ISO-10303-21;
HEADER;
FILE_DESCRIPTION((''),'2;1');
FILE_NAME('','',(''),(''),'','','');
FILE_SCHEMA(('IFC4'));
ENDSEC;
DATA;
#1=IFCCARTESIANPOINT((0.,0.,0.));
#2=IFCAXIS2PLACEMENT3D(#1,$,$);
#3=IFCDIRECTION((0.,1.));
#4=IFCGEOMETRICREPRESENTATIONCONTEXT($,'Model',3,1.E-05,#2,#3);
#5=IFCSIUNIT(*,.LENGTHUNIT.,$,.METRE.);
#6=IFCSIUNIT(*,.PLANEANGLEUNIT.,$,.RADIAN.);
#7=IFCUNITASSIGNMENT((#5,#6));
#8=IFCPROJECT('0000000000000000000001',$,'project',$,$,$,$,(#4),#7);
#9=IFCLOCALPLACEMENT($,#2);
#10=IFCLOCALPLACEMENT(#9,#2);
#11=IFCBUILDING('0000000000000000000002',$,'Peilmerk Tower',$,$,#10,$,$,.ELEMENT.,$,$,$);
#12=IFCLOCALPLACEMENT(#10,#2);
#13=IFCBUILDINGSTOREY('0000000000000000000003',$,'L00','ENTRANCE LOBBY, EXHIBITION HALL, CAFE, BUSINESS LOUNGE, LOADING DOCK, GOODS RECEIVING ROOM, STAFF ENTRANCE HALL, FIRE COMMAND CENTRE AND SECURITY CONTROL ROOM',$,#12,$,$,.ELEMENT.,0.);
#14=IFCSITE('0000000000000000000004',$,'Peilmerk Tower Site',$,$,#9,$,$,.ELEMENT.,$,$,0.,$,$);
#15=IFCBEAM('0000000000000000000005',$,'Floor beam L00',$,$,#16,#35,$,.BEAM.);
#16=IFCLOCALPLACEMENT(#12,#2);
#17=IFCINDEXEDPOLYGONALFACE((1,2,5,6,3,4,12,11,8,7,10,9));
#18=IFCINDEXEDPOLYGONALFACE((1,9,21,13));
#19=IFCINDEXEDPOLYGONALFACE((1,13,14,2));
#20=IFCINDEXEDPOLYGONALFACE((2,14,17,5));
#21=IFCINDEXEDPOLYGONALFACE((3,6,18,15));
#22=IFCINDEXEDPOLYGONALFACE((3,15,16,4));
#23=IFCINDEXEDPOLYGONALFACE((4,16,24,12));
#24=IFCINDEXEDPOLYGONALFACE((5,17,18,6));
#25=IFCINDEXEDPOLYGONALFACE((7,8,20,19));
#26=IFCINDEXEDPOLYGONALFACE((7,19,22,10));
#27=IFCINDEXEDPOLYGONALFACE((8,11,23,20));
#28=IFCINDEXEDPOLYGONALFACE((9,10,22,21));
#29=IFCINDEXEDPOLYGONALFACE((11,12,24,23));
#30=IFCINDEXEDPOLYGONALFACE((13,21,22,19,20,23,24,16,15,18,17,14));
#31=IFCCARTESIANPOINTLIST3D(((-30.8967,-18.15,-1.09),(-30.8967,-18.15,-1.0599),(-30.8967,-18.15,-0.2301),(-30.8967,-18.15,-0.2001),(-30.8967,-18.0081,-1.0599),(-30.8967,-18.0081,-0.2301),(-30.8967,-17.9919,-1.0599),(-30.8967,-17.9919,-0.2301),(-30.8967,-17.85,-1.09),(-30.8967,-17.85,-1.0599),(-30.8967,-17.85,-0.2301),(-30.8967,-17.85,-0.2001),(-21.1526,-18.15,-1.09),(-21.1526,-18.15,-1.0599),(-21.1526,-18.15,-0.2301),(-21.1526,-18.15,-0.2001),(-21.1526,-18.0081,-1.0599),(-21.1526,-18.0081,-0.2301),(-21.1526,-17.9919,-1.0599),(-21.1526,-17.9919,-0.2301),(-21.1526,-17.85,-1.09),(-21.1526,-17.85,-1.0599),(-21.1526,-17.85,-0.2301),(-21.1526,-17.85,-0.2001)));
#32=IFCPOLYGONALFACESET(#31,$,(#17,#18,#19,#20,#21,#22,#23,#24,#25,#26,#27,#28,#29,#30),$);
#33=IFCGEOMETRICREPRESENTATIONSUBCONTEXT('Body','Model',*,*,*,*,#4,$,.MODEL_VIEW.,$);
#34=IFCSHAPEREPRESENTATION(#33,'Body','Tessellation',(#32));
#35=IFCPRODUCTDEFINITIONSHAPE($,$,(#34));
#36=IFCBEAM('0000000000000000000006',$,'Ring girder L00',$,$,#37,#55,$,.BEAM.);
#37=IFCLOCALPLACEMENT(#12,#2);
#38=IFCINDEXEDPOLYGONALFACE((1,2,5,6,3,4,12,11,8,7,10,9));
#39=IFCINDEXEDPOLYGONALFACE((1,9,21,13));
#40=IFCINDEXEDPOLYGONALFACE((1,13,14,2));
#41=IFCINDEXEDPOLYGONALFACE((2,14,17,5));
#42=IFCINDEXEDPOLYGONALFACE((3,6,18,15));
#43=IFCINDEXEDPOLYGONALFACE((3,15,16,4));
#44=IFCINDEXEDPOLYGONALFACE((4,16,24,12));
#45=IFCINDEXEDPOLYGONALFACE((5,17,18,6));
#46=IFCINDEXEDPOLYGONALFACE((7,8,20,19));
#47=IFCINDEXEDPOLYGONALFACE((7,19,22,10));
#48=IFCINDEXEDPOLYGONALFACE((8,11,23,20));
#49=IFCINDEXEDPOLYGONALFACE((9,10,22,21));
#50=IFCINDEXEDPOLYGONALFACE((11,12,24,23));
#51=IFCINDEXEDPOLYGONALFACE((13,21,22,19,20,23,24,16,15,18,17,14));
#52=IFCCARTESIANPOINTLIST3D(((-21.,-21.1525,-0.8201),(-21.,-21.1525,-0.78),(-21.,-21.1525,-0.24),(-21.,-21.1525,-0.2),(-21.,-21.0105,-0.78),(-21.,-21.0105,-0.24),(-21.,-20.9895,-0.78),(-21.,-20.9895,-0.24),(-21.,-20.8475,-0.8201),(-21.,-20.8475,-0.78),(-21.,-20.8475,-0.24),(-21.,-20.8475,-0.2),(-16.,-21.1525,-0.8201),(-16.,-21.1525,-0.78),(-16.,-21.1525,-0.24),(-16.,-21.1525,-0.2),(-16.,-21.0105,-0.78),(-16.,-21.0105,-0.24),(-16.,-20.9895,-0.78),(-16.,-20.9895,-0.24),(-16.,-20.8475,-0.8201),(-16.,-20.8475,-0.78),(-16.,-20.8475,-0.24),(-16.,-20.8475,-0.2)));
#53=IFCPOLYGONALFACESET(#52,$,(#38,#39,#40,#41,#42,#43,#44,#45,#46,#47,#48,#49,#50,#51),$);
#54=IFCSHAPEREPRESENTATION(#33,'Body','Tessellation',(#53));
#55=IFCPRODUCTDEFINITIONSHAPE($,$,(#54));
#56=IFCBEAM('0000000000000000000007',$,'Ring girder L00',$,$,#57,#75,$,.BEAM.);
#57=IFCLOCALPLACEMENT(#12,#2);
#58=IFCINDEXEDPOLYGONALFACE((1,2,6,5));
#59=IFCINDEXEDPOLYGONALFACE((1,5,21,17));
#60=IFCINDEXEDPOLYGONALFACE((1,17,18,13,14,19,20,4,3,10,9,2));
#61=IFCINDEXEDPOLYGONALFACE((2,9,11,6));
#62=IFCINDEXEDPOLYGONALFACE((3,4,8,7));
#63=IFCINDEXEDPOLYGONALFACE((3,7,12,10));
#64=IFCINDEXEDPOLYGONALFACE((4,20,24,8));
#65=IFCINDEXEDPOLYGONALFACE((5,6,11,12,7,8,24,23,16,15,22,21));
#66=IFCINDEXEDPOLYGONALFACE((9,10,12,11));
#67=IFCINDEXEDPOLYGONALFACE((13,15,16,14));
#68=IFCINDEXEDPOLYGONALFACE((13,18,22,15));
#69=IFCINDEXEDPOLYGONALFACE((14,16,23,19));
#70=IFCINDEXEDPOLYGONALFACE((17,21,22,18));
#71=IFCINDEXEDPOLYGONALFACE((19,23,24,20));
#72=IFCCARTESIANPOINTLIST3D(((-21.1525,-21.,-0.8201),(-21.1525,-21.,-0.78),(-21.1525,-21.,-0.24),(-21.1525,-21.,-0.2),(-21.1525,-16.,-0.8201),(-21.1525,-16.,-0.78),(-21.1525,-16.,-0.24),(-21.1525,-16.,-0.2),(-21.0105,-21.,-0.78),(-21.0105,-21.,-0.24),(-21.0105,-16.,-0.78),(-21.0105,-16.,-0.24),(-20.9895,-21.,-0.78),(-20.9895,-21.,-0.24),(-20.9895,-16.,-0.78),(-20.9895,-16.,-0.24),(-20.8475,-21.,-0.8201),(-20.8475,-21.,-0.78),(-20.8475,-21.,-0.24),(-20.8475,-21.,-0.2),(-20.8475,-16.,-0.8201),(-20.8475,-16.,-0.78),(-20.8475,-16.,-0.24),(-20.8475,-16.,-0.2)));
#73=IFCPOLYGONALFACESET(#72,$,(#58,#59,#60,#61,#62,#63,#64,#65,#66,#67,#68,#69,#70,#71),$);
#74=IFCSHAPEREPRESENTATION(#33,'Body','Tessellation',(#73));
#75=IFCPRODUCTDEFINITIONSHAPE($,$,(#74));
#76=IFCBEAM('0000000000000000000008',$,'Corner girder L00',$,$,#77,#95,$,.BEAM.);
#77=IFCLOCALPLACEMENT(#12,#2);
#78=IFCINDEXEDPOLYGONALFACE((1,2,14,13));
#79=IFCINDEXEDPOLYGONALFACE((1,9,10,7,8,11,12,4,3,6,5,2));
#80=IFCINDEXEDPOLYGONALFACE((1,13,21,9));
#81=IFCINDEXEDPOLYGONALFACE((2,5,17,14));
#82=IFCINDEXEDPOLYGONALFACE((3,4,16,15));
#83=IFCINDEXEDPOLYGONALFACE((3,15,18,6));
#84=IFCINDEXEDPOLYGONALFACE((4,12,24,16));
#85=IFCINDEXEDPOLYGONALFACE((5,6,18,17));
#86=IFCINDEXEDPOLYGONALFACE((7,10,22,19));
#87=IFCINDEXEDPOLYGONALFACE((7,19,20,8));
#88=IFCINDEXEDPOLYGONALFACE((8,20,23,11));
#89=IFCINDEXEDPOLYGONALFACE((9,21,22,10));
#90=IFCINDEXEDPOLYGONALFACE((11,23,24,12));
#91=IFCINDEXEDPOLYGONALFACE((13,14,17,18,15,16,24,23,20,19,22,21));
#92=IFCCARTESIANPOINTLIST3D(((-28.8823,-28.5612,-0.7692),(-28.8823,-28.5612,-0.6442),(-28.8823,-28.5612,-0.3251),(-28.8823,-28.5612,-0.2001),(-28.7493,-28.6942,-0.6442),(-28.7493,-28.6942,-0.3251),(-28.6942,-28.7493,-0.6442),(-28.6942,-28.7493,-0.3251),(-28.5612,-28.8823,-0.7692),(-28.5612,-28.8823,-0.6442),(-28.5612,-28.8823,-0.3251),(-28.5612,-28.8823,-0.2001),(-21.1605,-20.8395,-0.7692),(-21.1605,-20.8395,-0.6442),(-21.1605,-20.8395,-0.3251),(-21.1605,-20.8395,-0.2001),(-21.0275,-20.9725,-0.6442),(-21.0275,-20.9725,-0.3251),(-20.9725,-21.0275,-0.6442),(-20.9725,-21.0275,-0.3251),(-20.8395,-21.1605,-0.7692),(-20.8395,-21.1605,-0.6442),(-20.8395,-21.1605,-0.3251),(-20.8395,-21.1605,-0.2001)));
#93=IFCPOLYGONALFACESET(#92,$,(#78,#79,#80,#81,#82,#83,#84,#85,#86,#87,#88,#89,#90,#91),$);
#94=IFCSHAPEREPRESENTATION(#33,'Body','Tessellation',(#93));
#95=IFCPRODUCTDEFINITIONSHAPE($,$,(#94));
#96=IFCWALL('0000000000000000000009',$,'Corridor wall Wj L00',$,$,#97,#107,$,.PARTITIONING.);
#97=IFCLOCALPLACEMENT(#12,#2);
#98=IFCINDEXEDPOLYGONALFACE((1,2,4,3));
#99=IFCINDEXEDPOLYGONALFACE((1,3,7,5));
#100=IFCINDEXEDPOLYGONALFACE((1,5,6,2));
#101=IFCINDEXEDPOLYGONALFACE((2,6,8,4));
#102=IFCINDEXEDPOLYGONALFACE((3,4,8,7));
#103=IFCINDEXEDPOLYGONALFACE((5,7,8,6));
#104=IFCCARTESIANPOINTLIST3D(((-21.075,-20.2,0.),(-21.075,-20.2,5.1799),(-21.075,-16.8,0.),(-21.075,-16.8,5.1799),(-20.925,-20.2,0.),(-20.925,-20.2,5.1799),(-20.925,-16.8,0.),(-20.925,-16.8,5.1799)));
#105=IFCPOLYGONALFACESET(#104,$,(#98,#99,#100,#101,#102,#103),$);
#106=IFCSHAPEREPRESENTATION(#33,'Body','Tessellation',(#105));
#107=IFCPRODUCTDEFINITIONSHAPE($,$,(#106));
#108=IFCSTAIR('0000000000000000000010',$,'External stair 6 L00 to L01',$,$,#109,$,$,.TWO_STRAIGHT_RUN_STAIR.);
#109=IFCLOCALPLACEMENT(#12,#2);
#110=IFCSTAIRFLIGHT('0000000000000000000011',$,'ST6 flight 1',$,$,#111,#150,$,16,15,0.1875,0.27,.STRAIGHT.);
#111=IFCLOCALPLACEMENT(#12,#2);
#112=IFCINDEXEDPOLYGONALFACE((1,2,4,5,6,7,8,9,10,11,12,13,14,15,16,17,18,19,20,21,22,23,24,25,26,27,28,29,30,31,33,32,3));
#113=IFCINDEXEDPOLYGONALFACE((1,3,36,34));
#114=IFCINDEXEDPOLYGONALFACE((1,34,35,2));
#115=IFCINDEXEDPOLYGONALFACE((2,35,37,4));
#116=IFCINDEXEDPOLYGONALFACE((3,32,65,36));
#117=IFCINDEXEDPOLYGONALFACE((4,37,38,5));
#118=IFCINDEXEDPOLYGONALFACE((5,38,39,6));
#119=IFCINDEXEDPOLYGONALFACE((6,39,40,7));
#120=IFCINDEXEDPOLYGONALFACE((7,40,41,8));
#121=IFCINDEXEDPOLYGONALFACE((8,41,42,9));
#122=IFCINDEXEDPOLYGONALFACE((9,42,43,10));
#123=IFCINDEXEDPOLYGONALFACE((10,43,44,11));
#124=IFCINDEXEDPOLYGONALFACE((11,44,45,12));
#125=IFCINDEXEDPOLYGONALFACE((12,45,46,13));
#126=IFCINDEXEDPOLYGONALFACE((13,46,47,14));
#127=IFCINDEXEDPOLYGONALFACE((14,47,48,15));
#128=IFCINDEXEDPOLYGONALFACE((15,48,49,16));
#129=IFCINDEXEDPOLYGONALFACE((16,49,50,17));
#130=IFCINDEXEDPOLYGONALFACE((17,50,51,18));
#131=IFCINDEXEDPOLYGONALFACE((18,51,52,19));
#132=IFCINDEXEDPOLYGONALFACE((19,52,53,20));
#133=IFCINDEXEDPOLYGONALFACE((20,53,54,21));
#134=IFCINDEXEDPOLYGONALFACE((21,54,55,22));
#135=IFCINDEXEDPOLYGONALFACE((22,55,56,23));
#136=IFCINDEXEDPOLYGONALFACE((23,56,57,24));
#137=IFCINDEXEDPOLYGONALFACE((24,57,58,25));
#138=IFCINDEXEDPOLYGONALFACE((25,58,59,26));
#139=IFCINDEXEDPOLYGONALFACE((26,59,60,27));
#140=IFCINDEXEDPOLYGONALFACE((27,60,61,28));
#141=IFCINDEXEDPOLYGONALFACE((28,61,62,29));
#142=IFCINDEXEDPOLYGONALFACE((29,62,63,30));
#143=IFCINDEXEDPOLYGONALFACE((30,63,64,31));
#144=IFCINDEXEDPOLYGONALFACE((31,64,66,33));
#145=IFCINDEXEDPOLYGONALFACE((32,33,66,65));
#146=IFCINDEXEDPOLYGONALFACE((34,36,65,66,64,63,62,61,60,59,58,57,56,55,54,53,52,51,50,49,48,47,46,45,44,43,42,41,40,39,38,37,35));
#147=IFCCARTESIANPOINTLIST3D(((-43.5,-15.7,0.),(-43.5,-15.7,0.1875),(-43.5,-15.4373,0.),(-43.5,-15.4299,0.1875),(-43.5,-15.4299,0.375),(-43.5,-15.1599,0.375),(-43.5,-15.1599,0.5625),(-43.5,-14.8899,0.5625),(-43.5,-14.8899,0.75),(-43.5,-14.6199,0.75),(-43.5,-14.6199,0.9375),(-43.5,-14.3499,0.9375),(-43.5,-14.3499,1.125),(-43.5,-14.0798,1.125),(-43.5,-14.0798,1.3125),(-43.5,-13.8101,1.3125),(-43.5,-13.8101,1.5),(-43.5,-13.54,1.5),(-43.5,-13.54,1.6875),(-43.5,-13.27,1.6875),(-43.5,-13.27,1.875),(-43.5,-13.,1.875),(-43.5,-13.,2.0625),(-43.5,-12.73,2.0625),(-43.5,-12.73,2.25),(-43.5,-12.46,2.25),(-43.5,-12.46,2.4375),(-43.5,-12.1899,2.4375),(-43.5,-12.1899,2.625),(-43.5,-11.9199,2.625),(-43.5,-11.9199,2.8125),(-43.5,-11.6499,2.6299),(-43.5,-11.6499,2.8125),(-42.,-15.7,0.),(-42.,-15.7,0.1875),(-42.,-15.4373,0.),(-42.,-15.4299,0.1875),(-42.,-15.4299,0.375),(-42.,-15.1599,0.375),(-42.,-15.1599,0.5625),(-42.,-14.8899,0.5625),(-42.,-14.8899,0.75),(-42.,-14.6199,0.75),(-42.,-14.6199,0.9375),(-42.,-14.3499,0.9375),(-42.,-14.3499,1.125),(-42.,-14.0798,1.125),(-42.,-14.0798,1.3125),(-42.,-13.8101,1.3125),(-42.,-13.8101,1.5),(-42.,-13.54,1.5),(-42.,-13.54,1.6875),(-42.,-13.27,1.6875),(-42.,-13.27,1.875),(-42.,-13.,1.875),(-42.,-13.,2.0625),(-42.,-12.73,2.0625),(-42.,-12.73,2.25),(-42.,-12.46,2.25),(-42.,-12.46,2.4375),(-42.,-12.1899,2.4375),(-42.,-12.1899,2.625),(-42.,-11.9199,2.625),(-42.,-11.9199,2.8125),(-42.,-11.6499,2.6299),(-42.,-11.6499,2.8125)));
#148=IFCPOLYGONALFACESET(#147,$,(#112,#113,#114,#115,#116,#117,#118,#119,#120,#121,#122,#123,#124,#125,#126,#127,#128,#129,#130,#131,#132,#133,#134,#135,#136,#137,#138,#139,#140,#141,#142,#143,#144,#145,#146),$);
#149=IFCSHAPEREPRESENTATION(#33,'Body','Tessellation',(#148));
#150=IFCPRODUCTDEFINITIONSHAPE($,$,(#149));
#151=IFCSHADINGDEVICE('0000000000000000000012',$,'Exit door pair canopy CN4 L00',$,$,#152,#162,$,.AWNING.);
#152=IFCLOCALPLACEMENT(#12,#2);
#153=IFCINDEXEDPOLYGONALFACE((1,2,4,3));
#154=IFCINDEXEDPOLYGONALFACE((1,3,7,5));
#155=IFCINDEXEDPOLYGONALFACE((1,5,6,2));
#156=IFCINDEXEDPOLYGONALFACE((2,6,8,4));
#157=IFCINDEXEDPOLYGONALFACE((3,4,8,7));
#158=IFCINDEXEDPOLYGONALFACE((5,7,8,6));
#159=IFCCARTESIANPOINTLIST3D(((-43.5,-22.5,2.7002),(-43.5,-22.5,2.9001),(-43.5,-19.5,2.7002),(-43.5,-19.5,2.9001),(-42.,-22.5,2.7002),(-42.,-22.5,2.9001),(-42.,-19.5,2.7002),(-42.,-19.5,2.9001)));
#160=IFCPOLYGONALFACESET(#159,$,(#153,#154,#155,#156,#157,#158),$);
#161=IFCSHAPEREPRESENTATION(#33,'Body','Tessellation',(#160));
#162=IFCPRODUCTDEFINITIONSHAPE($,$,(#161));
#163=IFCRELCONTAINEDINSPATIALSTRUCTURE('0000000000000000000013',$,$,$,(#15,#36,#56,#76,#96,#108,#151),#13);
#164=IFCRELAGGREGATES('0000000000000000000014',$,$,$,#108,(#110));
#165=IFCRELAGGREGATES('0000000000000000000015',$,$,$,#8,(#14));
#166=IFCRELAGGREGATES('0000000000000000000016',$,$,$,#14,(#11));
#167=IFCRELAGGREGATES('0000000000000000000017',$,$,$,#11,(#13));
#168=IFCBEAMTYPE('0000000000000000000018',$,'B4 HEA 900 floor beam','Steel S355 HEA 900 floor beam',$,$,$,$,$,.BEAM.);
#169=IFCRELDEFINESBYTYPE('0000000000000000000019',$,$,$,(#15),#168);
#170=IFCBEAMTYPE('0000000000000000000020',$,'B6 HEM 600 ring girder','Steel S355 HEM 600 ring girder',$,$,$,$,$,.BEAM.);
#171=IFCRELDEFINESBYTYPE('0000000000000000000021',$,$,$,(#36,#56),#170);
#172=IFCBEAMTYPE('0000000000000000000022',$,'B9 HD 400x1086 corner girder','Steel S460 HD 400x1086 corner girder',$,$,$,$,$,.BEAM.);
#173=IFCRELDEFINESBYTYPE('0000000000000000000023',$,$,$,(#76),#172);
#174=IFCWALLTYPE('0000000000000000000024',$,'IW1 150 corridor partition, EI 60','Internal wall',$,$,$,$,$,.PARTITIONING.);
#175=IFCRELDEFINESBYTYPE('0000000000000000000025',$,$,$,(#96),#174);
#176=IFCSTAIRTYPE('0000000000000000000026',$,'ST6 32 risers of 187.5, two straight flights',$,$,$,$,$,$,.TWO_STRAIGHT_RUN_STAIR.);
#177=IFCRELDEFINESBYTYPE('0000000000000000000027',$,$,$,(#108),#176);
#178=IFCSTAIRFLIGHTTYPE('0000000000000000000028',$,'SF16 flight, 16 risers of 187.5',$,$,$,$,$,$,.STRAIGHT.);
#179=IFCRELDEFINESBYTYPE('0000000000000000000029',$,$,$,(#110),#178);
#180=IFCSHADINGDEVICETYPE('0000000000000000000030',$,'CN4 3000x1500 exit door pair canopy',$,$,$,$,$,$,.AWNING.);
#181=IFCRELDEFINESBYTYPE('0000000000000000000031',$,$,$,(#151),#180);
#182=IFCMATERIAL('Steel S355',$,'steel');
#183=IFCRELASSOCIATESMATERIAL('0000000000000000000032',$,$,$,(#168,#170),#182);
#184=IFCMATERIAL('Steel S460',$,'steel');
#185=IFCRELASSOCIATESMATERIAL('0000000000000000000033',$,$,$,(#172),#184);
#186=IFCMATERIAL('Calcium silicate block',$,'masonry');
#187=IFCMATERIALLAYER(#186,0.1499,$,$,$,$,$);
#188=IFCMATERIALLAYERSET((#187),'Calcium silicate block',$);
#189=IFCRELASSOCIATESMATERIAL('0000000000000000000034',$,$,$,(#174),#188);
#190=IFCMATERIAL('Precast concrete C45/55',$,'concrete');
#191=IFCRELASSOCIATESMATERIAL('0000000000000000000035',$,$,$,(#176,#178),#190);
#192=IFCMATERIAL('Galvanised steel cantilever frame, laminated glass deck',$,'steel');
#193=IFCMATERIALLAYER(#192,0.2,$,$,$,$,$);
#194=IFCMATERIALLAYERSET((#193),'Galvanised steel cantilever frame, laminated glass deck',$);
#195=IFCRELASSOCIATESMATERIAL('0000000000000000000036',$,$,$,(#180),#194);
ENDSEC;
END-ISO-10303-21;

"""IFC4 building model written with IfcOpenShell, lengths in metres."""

from ifc_helpers import new_model, si_unit, direction, frame, frame_2d, origin, origin_2d, place, context, subcontext, project, spatial, polyline, rectangle, i_section, outline, extrude, material, layer, layer_set, material_profile, profile_set, type_object, element, aggregate, save


model = new_model("IFC4")

# Units and contexts
model_context = context("Model", 3, precision=1e-05, world=origin(), true_north=direction((0.0, 1.0)))
body_context = subcontext(model_context, "Body", "Model", "MODEL_VIEW")
ifc_project = project(units=[si_unit("LENGTHUNIT", "METRE"), si_unit("PLANEANGLEUNIT", "RADIAN")], contexts=[model_context])

# Site, building, storey
site_placement = place(None, origin())
site = spatial("IfcSite", under=ifc_project, at=site_placement, Name="Peilmerk Tower Site", CompositionType="ELEMENT", RefElevation=0.0)
building_placement = place(site_placement, origin())
building = spatial("IfcBuilding", under=site, at=building_placement, Name="Peilmerk Tower", CompositionType="ELEMENT")
storey_placement = place(building_placement, origin())
storey = spatial("IfcBuildingStorey", under=building, at=storey_placement, Name="L00", Description="ENTRANCE LOBBY, EXHIBITION HALL, CAFE, BUSINESS LOUNGE, LOADING DOCK, GOODS RECEIVING ROOM, STAFF ENTRANCE HALL, FIRE COMMAND CENTRE AND SECURITY CONTROL ROOM", CompositionType="ELEMENT", Elevation=0.0)

# Beams
ifc_material_1 = material(Name="Steel S355", Category="steel")
ifc_material_profile_1 = material_profile(ifc_material_1, i_section(OverallWidth=0.3, OverallDepth=0.8899, WebThickness=0.0161, FlangeThickness=0.03, at=origin_2d()), Name="HEA 900")
ifc_profile_set_1 = profile_set([ifc_material_profile_1], Name="Steel S355")
beam_type_1 = type_object("IfcBeamType", Name="B4 HEA 900 floor beam", Description="Steel S355 HEA 900 floor beam", PredefinedType="BEAM", material=ifc_profile_set_1)
beam_1_placement = place(storey_placement, frame((-21.1526, -18.0, -0.645), z_axis=(-1.0, 0.0, 0.0), x_axis=(0.0, -1.0, 0.0)))
element("IfcBeam", 1, at=beam_1_placement, inside=storey, type_object=beam_type_1, Name="Floor beam L00", PredefinedType="BEAM", context=body_context, shape_type="SweptSolid", body=[
    extrude(i_section(OverallWidth=0.3, OverallDepth=0.8899, WebThickness=0.0161, FlangeThickness=0.03, at=origin_2d()), origin(), (0.0, 0.0, 1.0), 9.7441),
])
ifc_material_profile_2 = material_profile(ifc_material_1, i_section(OverallWidth=0.3049, OverallDepth=0.6201, WebThickness=0.021, FlangeThickness=0.04, at=origin_2d()), Name="HEM 600")
ifc_profile_set_2 = profile_set([ifc_material_profile_2], Name="Steel S355")
beam_type_2 = type_object("IfcBeamType", Name="B6 HEM 600 ring girder", Description="Steel S355 HEM 600 ring girder", PredefinedType="BEAM", material=ifc_profile_set_2)
for number, where, z_axis, x_axis, name in (
    (2, (-21.0, -21.0, -0.51), (1.0, 0.0, 0.0), (0.0, 1.0, 0.0), "Ring girder L00"),
    (3, (-21.0, -16.0, -0.51), (0.0, -1.0, 0.0), (1.0, 0.0, 0.0), "Ring girder L00"),
):
    element("IfcBeam", number, at=place(storey_placement, frame(where, z_axis=z_axis, x_axis=x_axis)), inside=storey, type_object=beam_type_2, Name=name, PredefinedType="BEAM", context=body_context, shape_type="SweptSolid", body=[
        extrude(i_section(OverallWidth=0.3049, OverallDepth=0.6201, WebThickness=0.021, FlangeThickness=0.04, at=origin_2d()), origin(), (0.0, 0.0, 1.0), 5.0),
    ])
ifc_material_2 = material(Name="Steel S460", Category="steel")
ifc_material_profile_3 = material_profile(ifc_material_2, i_section(OverallWidth=0.4541, OverallDepth=0.5691, WebThickness=0.0779, FlangeThickness=0.125, at=origin_2d()), Name="HD 400x1086")
ifc_profile_set_3 = profile_set([ifc_material_profile_3], Name="Steel S460")
beam_type_3 = type_object("IfcBeamType", Name="B9 HD 400x1086 corner girder", Description="Steel S460 HD 400x1086 corner girder", PredefinedType="BEAM", material=ifc_profile_set_3)
beam_2_placement = place(storey_placement, frame((-21.0, -21.0, -0.4846), z_axis=(-0.707107, -0.707107, 0.0), x_axis=(0.707107, -0.707107, 0.0)))
element("IfcBeam", 4, at=beam_2_placement, inside=storey, type_object=beam_type_3, Name="Corner girder L00", PredefinedType="BEAM", context=body_context, shape_type="SweptSolid", body=[
    extrude(i_section(OverallWidth=0.4541, OverallDepth=0.5691, WebThickness=0.0779, FlangeThickness=0.125, at=origin_2d()), origin(), (0.0, 0.0, 1.0), 10.9202),
])

# Wall
ifc_material_3 = material(Name="Calcium silicate block", Category="masonry")
ifc_layer_1 = layer(ifc_material_3, 0.1499)
ifc_layer_set_1 = layer_set([ifc_layer_1], Name="Calcium silicate block")
wall_type = type_object("IfcWallType", Name="IW1 150 corridor partition, EI 60", Description="Internal wall", PredefinedType="PARTITIONING", material=ifc_layer_set_1)
wall_placement = place(storey_placement, frame((-21.0, -16.8, 0.0), z_axis=(0.0, 0.0, 1.0), x_axis=(0.0, -1.0, 0.0)))
element("IfcWall", 5, at=wall_placement, inside=storey, type_object=wall_type, Name="Corridor wall Wj L00", PredefinedType="PARTITIONING", context=body_context, shape_type="SweptSolid", body=[
    extrude(rectangle(XDim=3.3999, YDim=0.1499, at=frame_2d((1.7, 0.0))), origin(), (0.0, 0.0, 1.0), 5.1799),
])

# Stair, stair flight
ifc_material_4 = material(Name="Precast concrete C45/55", Category="concrete")
stair_type = type_object("IfcStairType", Name="ST6 32 risers of 187.5, two straight flights", PredefinedType="TWO_STRAIGHT_RUN_STAIR", material=ifc_material_4)
stair_placement = place(storey_placement, origin())
stair = element("IfcStair", 6, at=stair_placement, inside=storey, type_object=stair_type, Name="External stair 6 L00 to L01", PredefinedType="TWO_STRAIGHT_RUN_STAIR")
stair_flight_type = type_object("IfcStairFlightType", Name="SF16 flight, 16 risers of 187.5", PredefinedType="STRAIGHT", material=ifc_material_4)
stair_flight_placement = place(storey_placement, frame((-42.75, -15.7, 0.0), z_axis=(0.0, 0.0, 1.0), x_axis=(0.0, 1.0, 0.0)))
stair_flight = element("IfcStairFlight", 7, at=stair_flight_placement, type_object=stair_flight_type, Name="ST6 flight 1", NumberOfRisers=16, NumberOfTreads=15, PredefinedType="STRAIGHT", RiserHeight=0.1875, TreadLength=0.27, context=body_context, shape_type="SweptSolid", body=[
    extrude(outline(polyline([(0.0, 0.0), (0.0, 0.1875), (0.27, 0.1875), (0.27, 0.375), (0.54, 0.375), (0.54, 0.5625), (0.8101, 0.5625), (0.8101, 0.75), (1.0801, 0.75), (1.0801, 0.9375), (1.3501, 0.9375), (1.3501, 1.125), (1.6201, 1.125), (1.6201, 1.3125), (1.8899, 1.3125), (1.8899, 1.5), (2.1599, 1.5), (2.1599, 1.6875), (2.4299, 1.6875), (2.4299, 1.875), (2.7, 1.875), (2.7, 2.0625), (2.97, 2.0625), (2.97, 2.25), (3.24, 2.25), (3.24, 2.4375), (3.51, 2.4375), (3.51, 2.625), (3.78, 2.625), (3.78, 2.8125), (4.05, 2.8125), (4.05, 3.0), (4.05, 2.6299), (0.2627, 0.0), (0.0, 0.0)])), frame((0.0, 0.75, 0.0), z_axis=(0.0, -1.0, 0.0), x_axis=(1.0, 0.0, 0.0)), (0.0, 0.0, 1.0), 1.5),
])
aggregate(stair, [stair_flight])

# Shading device
ifc_material_5 = material(Name="Galvanised steel cantilever frame, laminated glass deck", Category="steel")
ifc_layer_2 = layer(ifc_material_5, 0.2)
ifc_layer_set_2 = layer_set([ifc_layer_2], Name="Galvanised steel cantilever frame, laminated glass deck")
shading_device_type = type_object("IfcShadingDeviceType", Name="CN4 3000x1500 exit door pair canopy", PredefinedType="AWNING", material=ifc_layer_set_2)
shading_device_placement = place(storey_placement, frame((-42.75, -21.0, 2.7002), z_axis=(0.0, 0.0, 1.0), x_axis=(0.0, 1.0, 0.0)))
element("IfcShadingDevice", 8, at=shading_device_placement, inside=storey, type_object=shading_device_type, Name="Exit door pair canopy CN4 L00", PredefinedType="AWNING", context=body_context, shape_type="SweptSolid", body=[
    extrude(rectangle(XDim=3.0, YDim=1.5, at=origin_2d()), origin(), (0.0, 0.0, 1.0), 0.2),
])

save(model, "model.ifc")
